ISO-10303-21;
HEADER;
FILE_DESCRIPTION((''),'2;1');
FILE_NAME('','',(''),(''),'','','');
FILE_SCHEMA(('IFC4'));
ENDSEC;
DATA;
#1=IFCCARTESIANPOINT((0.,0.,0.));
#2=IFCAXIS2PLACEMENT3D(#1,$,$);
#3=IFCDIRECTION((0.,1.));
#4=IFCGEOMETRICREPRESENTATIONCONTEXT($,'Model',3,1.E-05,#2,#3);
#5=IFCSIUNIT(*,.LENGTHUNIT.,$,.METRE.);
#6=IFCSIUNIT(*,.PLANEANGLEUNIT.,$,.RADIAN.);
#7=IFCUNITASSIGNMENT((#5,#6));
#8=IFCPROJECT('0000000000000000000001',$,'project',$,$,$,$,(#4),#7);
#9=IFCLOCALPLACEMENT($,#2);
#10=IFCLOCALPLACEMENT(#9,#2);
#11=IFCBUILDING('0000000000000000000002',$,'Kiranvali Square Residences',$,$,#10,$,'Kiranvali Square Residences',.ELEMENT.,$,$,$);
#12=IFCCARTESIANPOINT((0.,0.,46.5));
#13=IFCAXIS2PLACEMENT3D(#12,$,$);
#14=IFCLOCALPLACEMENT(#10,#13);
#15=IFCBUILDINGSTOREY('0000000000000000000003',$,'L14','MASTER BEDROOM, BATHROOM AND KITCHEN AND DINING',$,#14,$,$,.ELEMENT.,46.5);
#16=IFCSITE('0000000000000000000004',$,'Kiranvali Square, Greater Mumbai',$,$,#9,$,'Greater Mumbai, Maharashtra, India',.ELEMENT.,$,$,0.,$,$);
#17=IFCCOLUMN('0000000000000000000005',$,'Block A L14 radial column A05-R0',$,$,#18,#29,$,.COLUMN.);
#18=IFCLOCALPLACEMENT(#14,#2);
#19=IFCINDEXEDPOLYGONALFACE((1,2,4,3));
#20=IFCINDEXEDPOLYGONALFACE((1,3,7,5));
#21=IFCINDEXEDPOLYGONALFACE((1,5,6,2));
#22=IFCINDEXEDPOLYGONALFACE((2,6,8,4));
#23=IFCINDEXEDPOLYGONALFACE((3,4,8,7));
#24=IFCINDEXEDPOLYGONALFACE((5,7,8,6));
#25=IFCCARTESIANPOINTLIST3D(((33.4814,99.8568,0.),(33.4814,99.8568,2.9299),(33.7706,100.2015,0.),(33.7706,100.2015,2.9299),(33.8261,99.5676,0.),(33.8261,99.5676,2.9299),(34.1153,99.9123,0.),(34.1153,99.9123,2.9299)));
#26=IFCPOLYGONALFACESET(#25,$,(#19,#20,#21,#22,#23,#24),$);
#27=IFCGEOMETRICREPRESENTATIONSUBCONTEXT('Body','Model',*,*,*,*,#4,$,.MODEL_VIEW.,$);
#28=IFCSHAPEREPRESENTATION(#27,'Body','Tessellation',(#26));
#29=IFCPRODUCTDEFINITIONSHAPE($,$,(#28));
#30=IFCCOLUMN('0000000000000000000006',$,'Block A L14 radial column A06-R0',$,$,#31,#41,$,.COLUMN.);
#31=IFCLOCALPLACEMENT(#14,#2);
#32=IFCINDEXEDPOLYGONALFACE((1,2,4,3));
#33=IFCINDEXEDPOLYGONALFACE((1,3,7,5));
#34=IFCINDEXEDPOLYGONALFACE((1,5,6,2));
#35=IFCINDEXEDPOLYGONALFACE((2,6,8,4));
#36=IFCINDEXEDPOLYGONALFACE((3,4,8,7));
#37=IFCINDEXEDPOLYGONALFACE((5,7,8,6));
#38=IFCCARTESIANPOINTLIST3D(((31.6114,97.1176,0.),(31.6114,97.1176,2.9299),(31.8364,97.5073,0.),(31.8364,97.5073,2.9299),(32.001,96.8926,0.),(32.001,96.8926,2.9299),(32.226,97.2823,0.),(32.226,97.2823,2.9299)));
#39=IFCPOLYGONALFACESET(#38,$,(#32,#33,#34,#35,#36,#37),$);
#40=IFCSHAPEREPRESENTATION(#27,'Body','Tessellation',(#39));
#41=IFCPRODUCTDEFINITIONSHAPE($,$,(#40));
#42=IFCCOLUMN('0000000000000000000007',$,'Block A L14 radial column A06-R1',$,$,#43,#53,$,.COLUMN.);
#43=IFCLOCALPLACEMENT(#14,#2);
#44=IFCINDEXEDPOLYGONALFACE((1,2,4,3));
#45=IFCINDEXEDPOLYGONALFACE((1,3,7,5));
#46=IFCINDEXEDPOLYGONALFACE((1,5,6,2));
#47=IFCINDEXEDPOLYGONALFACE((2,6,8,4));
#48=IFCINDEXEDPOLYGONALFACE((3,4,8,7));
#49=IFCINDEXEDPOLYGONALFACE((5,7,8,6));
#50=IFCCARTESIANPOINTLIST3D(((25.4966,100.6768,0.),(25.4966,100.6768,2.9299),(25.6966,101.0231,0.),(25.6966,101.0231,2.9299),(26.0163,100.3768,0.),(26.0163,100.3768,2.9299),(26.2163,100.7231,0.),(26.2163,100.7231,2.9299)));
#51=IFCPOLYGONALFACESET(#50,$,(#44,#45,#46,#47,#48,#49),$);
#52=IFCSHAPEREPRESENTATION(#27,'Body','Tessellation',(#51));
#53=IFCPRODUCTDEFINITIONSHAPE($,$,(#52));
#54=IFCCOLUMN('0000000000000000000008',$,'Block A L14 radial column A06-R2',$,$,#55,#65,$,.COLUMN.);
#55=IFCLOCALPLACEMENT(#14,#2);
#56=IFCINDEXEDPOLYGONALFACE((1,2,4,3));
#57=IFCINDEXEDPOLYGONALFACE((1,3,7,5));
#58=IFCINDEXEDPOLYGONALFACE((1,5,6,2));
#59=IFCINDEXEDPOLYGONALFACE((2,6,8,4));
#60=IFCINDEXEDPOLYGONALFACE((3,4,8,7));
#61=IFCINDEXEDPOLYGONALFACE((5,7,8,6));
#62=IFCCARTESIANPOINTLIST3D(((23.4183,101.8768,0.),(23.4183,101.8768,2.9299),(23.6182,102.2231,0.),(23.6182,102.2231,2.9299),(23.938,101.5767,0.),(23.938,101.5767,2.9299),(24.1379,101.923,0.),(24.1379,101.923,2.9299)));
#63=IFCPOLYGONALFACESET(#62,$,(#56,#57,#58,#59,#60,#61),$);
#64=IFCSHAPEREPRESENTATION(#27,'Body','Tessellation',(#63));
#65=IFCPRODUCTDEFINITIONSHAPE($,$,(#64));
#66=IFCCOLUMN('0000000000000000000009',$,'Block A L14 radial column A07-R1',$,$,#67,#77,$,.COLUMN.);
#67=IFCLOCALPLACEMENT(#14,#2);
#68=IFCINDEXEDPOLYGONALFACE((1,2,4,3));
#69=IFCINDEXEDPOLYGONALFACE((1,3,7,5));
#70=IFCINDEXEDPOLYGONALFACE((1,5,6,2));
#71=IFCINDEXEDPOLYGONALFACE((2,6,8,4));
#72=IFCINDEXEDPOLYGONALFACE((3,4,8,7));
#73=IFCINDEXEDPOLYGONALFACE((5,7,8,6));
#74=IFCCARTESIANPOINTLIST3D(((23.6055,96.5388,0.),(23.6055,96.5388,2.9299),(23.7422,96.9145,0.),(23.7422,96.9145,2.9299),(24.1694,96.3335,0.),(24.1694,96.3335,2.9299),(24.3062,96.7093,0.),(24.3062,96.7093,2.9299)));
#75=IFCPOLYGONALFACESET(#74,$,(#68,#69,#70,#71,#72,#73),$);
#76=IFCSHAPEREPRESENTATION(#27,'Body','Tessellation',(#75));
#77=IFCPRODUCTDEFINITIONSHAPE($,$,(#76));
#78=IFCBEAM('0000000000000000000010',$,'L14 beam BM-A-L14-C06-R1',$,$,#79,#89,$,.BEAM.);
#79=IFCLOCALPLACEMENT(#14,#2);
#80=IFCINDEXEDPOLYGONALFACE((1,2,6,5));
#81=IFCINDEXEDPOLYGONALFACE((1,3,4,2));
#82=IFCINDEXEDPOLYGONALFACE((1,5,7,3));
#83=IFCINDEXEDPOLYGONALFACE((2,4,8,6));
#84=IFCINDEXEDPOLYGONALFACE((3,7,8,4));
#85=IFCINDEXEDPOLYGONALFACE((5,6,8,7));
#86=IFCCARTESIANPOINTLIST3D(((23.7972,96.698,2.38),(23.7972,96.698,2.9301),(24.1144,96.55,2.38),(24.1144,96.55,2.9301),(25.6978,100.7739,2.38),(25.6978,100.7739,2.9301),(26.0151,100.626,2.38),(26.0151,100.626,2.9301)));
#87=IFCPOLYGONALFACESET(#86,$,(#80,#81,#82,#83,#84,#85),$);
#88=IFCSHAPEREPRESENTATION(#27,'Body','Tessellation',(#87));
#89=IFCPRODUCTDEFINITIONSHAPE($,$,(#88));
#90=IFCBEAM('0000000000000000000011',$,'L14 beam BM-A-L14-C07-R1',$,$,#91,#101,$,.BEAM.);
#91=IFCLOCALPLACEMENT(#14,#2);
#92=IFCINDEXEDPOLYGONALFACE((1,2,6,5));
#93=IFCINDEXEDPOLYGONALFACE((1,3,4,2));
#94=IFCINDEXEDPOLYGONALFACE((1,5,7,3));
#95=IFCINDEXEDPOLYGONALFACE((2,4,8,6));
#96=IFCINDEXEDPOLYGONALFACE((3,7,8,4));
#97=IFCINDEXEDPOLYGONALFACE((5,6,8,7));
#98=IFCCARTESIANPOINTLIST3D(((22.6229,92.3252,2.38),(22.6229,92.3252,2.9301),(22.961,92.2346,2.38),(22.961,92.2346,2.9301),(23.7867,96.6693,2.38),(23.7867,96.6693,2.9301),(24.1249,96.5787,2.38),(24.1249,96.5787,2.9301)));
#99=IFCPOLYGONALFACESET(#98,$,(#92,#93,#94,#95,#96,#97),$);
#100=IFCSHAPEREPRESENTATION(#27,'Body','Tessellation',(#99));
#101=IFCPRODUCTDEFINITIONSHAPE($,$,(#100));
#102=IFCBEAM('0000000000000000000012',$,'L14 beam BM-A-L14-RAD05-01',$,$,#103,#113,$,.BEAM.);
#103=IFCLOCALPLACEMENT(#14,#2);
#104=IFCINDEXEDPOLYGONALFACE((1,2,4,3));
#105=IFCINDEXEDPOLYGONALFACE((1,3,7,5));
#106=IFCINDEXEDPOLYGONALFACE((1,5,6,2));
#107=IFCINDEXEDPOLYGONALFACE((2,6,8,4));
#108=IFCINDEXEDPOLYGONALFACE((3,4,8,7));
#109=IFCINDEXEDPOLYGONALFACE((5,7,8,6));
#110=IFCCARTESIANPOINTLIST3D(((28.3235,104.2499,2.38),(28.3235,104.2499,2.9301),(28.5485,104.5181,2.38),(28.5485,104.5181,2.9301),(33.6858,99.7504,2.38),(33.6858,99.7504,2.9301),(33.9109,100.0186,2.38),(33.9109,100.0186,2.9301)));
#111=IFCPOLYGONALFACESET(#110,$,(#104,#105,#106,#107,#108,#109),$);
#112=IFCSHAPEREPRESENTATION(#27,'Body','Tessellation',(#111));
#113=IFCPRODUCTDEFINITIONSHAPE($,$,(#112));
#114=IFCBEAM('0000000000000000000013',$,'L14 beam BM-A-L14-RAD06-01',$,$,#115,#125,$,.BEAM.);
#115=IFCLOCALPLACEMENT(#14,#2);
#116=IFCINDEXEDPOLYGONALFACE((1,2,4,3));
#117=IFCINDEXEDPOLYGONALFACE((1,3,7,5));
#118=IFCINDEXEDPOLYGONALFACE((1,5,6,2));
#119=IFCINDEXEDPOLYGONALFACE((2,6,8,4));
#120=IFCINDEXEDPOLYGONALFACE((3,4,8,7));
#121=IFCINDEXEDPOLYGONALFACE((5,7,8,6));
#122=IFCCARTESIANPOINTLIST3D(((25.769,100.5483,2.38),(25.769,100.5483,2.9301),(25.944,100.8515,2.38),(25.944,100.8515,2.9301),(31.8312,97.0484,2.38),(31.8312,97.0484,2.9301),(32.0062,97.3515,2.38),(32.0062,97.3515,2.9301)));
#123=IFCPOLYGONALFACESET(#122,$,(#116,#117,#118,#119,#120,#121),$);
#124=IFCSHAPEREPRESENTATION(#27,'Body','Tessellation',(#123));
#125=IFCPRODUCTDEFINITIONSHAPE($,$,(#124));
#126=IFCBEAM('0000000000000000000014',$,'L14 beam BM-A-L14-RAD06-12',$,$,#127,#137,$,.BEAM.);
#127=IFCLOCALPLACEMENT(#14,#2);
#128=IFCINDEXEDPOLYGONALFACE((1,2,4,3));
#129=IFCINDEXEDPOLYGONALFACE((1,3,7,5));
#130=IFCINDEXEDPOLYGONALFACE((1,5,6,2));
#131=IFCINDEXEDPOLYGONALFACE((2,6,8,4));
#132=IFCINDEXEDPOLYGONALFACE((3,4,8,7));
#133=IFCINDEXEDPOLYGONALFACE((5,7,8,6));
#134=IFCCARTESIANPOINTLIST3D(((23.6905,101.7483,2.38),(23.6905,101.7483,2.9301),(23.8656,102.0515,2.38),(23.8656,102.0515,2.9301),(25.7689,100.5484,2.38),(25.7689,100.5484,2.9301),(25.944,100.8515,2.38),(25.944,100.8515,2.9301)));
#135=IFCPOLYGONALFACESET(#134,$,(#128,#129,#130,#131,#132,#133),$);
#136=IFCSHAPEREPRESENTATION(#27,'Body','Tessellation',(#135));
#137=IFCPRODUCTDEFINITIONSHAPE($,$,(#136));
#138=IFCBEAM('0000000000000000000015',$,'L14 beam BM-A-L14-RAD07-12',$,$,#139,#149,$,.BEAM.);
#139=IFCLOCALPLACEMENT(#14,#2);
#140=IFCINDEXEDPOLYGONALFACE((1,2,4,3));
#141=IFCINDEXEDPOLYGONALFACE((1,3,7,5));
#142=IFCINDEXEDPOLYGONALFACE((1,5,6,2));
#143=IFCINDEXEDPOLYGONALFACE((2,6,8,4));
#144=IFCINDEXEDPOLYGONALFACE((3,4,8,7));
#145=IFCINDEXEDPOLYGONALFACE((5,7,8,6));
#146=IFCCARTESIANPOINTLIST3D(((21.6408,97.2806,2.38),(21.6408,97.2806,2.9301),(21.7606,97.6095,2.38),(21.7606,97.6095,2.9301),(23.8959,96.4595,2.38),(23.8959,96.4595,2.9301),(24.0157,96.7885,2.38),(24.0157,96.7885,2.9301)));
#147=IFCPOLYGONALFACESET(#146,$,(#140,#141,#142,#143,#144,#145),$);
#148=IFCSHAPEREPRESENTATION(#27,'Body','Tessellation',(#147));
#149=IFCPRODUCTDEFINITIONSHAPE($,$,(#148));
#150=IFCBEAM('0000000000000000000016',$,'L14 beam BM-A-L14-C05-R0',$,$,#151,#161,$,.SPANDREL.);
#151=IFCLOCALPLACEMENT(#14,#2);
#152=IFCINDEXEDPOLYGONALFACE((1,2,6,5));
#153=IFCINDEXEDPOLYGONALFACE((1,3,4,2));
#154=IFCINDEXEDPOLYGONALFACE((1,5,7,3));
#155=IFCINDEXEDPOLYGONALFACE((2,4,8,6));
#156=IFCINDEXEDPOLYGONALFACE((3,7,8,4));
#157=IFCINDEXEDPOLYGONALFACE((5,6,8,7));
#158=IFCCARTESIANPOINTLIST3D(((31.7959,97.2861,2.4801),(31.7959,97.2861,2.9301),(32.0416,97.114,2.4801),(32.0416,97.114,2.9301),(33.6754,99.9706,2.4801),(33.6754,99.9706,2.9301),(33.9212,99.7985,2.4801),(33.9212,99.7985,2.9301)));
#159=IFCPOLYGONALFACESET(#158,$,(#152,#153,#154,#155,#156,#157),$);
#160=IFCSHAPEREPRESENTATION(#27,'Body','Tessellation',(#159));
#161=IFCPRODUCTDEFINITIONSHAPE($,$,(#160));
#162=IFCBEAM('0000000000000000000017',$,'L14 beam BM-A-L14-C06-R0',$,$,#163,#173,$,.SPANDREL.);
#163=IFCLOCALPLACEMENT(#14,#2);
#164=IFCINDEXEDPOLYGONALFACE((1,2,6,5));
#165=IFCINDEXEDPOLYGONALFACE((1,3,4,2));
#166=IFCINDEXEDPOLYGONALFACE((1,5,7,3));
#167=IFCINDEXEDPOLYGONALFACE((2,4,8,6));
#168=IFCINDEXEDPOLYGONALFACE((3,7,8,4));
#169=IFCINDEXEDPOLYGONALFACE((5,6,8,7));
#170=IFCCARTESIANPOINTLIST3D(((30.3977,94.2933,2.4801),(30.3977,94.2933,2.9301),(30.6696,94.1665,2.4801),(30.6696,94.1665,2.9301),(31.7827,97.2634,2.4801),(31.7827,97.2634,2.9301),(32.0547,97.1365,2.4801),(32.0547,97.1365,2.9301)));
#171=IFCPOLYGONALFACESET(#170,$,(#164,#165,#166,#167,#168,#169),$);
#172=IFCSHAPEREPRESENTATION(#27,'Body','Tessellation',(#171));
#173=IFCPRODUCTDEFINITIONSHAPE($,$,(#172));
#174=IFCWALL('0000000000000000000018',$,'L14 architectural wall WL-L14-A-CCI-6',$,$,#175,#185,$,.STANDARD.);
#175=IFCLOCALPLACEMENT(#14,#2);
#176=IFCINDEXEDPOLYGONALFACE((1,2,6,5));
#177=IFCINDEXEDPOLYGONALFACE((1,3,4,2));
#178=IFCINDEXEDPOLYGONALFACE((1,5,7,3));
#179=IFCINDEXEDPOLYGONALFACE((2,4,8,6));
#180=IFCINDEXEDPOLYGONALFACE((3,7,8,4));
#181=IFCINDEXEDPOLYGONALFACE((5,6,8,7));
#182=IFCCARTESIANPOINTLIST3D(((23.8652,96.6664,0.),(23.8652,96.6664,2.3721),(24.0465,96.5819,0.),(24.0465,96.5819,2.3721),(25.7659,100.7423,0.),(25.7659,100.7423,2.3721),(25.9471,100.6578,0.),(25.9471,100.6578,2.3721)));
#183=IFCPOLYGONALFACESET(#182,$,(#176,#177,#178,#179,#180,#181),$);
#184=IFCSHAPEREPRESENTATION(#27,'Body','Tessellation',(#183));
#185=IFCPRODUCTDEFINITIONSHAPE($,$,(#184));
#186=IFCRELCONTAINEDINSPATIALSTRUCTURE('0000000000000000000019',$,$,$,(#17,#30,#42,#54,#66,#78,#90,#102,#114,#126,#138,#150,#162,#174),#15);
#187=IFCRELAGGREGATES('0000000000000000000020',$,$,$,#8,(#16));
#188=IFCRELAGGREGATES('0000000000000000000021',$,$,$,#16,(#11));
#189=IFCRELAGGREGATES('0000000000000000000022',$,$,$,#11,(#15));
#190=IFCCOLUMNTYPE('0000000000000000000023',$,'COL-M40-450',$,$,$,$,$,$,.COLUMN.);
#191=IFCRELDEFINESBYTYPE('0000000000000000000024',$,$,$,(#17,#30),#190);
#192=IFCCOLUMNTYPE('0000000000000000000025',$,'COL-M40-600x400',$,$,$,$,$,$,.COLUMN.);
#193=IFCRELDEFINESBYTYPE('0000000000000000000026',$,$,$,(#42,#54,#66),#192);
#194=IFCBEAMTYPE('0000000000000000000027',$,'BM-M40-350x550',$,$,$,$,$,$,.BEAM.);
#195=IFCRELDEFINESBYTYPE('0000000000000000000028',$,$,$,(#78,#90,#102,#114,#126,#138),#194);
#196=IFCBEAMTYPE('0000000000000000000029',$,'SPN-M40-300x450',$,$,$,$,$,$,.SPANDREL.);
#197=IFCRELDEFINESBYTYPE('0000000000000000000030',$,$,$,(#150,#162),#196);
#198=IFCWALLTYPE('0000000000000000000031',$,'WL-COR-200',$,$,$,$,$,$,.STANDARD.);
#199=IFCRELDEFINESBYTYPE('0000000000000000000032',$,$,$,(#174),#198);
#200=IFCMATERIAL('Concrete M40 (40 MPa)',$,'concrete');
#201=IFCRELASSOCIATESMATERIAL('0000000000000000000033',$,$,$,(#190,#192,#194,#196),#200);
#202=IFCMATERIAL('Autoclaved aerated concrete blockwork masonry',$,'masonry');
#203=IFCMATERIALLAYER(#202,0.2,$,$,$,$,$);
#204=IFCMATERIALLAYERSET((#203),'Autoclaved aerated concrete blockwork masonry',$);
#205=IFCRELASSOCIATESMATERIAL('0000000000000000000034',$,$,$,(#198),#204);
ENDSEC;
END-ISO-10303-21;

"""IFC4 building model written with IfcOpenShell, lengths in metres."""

from ifc_helpers import new_model, si_unit, direction, frame, frame_2d, origin, origin_2d, place, context, subcontext, project, spatial, rectangle, extrude, material, layer, layer_set, material_profile, profile_set, type_object, element, save


model = new_model("IFC4")

# Units and contexts
model_context = context("Model", 3, precision=1e-05, world=origin(), true_north=direction((0.0, 1.0)))
body_context = subcontext(model_context, "Body", "Model", "MODEL_VIEW")
ifc_project = project(units=[si_unit("LENGTHUNIT", "METRE"), si_unit("PLANEANGLEUNIT", "RADIAN")], contexts=[model_context])

# Site, building, storey
site_placement = place(None, origin())
site = spatial("IfcSite", under=ifc_project, at=site_placement, Name="Kiranvali Square, Greater Mumbai", LongName="Greater Mumbai, Maharashtra, India", CompositionType="ELEMENT", RefElevation=0.0)
building_placement = place(site_placement, origin())
building = spatial("IfcBuilding", under=site, at=building_placement, Name="Kiranvali Square Residences", LongName="Kiranvali Square Residences", CompositionType="ELEMENT")
storey_placement = place(building_placement, frame((0.0, 0.0, 46.5)))
storey = spatial("IfcBuildingStorey", under=building, at=storey_placement, Name="L14", Description="MASTER BEDROOM, BATHROOM AND KITCHEN AND DINING", CompositionType="ELEMENT", Elevation=46.5)

# Columns
ifc_material_1 = material(Name="Concrete M40 (40 MPa)", Category="concrete")
ifc_material_profile_1 = material_profile(ifc_material_1, rectangle(XDim=0.45, YDim=0.45, at=origin_2d()), Name="RC 450x450")
ifc_profile_set_1 = profile_set([ifc_material_profile_1], Name="Concrete M40 (40 MPa)")
column_type_1 = type_object("IfcColumnType", Name="COL-M40-450", PredefinedType="COLUMN", material=ifc_profile_set_1)
for number, where, z_axis, x_axis, name in (
    (1, (33.7983, 99.8845, 0.0), (0.0, 0.0, 1.0), (0.642788, 0.766044, 0.0), "Block A L14 radial column A05-R0"),
    (2, (31.9187, 97.2, 0.0), (0.0, 0.0, 1.0), (0.5, 0.866025, 0.0), "Block A L14 radial column A06-R0"),
):
    element("IfcColumn", number, at=place(storey_placement, frame(where, z_axis=z_axis, x_axis=x_axis)), inside=storey, type_object=column_type_1, Name=name, PredefinedType="COLUMN", context=body_context, shape_type="SweptSolid", body=[
        extrude(rectangle(XDim=0.45, YDim=0.45, at=origin_2d()), origin(), (0.0, 0.0, 1.0), 2.9299),
    ])
ifc_material_profile_2 = material_profile(ifc_material_1, rectangle(XDim=0.3999, YDim=0.6001, at=origin_2d()), Name="RC 600x400")
ifc_profile_set_2 = profile_set([ifc_material_profile_2], Name="Concrete M40 (40 MPa)")
column_type_2 = type_object("IfcColumnType", Name="COL-M40-600x400", PredefinedType="COLUMN", material=ifc_profile_set_2)
for number, where, z_axis, x_axis, name in (
    (3, (25.8564, 100.7, 0.0), (0.0, 0.0, 1.0), (0.5, 0.866025, 0.0), "Block A L14 radial column A06-R1"),
    (4, (23.7781, 101.8999, 0.0), (0.0, 0.0, 1.0), (0.5, 0.866025, 0.0), "Block A L14 radial column A06-R2"),
    (5, (23.9558, 96.624, 0.0), (0.0, 0.0, 1.0), (0.34202, 0.939693, 0.0), "Block A L14 radial column A07-R1"),
):
    element("IfcColumn", number, at=place(storey_placement, frame(where, z_axis=z_axis, x_axis=x_axis)), inside=storey, type_object=column_type_2, Name=name, PredefinedType="COLUMN", context=body_context, shape_type="SweptSolid", body=[
        extrude(rectangle(XDim=0.3999, YDim=0.6001, at=origin_2d()), origin(), (0.0, 0.0, 1.0), 2.9299),
    ])

# Beams
ifc_material_profile_3 = material_profile(ifc_material_1, rectangle(XDim=0.3501, YDim=0.55, at=origin_2d()), Name="RC 350x550")
ifc_profile_set_3 = profile_set([ifc_material_profile_3], Name="Concrete M40 (40 MPa)")
beam_type_1 = type_object("IfcBeamType", Name="BM-M40-350x550", PredefinedType="BEAM", material=ifc_profile_set_3)
for number, where, z_axis, x_axis, name in (
    (6, (25.8564, 100.7, 2.655), (-0.422618, -0.906308, 0.0), (0.906308, -0.422618, 0.0), "L14 beam BM-A-L14-C06-R1"),
    (7, (23.9558, 96.624, 2.655), (-0.258788, -0.965934, 0.0), (0.965934, -0.258788, 0.0), "L14 beam BM-A-L14-C07-R1"),
):
    element("IfcBeam", number, at=place(storey_placement, frame(where, z_axis=z_axis, x_axis=x_axis)), inside=storey, type_object=beam_type_1, Name=name, PredefinedType="BEAM", context=body_context, shape_type="SweptSolid", body=[
        extrude(rectangle(XDim=0.3501, YDim=0.55, at=origin_2d()), origin(), (0.0, 0.0, 1.0), 4.4973),
    ])
for number, where, z_axis, x_axis, name in (
    (8, (33.7983, 99.8845, 2.655), (-0.766044, 0.642788, 0.0), (-0.642788, -0.766044, 0.0), "L14 beam BM-A-L14-RAD05-01"),
    (9, (31.9187, 97.2, 2.655), (-0.866028, 0.499995, 0.0), (-0.499995, -0.866028, 0.0), "L14 beam BM-A-L14-RAD06-01"),
):
    element("IfcBeam", number, at=place(storey_placement, frame(where, z_axis=z_axis, x_axis=x_axis)), inside=storey, type_object=beam_type_1, Name=name, PredefinedType="BEAM", context=body_context, shape_type="SweptSolid", body=[
        extrude(rectangle(XDim=0.3501, YDim=0.55, at=origin_2d()), origin(), (0.0, 0.0, 1.0), 7.0),
    ])
for number, where, z_axis, x_axis, name in (
    (10, (25.8564, 100.7, 2.655), (-0.866025, 0.500001, 0.0), (-0.500001, -0.866025, 0.0), "L14 beam BM-A-L14-RAD06-12"),
    (11, (23.9558, 96.624, 2.655), (-0.93966, 0.342111, 0.0), (-0.342111, -0.93966, 0.0), "L14 beam BM-A-L14-RAD07-12"),
):
    element("IfcBeam", number, at=place(storey_placement, frame(where, z_axis=z_axis, x_axis=x_axis)), inside=storey, type_object=beam_type_1, Name=name, PredefinedType="BEAM", context=body_context, shape_type="SweptSolid", body=[
        extrude(rectangle(XDim=0.3501, YDim=0.55, at=origin_2d()), origin(), (0.0, 0.0, 1.0), 2.3999),
    ])
ifc_material_profile_4 = material_profile(ifc_material_1, rectangle(XDim=0.3, YDim=0.45, at=origin_2d()), Name="RC 300x450")
ifc_profile_set_4 = profile_set([ifc_material_profile_4], Name="Concrete M40 (40 MPa)")
beam_type_2 = type_object("IfcBeamType", Name="SPN-M40-300x450", PredefinedType="SPANDREL", material=ifc_profile_set_4)
for number, where, z_axis, x_axis, name in (
    (12, (33.7983, 99.8845, 2.7051), (-0.573552, -0.819169, 0.0), (0.819169, -0.573552, 0.0), "L14 beam BM-A-L14-C05-R0"),
    (13, (31.9187, 97.2, 2.7051), (-0.422641, -0.906297, 0.0), (0.906297, -0.422641, 0.0), "L14 beam BM-A-L14-C06-R0"),
):
    element("IfcBeam", number, at=place(storey_placement, frame(where, z_axis=z_axis, x_axis=x_axis)), inside=storey, type_object=beam_type_2, Name=name, PredefinedType="SPANDREL", context=body_context, shape_type="SweptSolid", body=[
        extrude(rectangle(XDim=0.3, YDim=0.45, at=origin_2d()), origin(), (0.0, 0.0, 1.0), 3.2771),
    ])

# Wall
ifc_material_2 = material(Name="Autoclaved aerated concrete blockwork masonry", Category="masonry")
ifc_layer_1 = layer(ifc_material_2, 0.2)
ifc_layer_set_1 = layer_set([ifc_layer_1], Name="Autoclaved aerated concrete blockwork masonry")
wall_type_1 = type_object("IfcWallType", Name="WL-COR-200", PredefinedType="STANDARD", material=ifc_layer_set_1)
wall_1_placement = place(storey_placement, frame((25.8564, 100.7, 0.0), z_axis=(0.0, 0.0, 1.0), x_axis=(-0.422618, -0.906308, 0.0)))
element("IfcWall", 14, at=wall_1_placement, inside=storey, type_object=wall_type_1, Name="L14 architectural wall WL-L14-A-CCI-6", PredefinedType="STANDARD", context=body_context, shape_type="SweptSolid", body=[
    extrude(rectangle(XDim=4.4973, YDim=0.2, at=frame_2d((2.2485, 0.0))), origin(), (0.0, 0.0, 1.0), 2.3721),
])

save(model, "model.ifc")
